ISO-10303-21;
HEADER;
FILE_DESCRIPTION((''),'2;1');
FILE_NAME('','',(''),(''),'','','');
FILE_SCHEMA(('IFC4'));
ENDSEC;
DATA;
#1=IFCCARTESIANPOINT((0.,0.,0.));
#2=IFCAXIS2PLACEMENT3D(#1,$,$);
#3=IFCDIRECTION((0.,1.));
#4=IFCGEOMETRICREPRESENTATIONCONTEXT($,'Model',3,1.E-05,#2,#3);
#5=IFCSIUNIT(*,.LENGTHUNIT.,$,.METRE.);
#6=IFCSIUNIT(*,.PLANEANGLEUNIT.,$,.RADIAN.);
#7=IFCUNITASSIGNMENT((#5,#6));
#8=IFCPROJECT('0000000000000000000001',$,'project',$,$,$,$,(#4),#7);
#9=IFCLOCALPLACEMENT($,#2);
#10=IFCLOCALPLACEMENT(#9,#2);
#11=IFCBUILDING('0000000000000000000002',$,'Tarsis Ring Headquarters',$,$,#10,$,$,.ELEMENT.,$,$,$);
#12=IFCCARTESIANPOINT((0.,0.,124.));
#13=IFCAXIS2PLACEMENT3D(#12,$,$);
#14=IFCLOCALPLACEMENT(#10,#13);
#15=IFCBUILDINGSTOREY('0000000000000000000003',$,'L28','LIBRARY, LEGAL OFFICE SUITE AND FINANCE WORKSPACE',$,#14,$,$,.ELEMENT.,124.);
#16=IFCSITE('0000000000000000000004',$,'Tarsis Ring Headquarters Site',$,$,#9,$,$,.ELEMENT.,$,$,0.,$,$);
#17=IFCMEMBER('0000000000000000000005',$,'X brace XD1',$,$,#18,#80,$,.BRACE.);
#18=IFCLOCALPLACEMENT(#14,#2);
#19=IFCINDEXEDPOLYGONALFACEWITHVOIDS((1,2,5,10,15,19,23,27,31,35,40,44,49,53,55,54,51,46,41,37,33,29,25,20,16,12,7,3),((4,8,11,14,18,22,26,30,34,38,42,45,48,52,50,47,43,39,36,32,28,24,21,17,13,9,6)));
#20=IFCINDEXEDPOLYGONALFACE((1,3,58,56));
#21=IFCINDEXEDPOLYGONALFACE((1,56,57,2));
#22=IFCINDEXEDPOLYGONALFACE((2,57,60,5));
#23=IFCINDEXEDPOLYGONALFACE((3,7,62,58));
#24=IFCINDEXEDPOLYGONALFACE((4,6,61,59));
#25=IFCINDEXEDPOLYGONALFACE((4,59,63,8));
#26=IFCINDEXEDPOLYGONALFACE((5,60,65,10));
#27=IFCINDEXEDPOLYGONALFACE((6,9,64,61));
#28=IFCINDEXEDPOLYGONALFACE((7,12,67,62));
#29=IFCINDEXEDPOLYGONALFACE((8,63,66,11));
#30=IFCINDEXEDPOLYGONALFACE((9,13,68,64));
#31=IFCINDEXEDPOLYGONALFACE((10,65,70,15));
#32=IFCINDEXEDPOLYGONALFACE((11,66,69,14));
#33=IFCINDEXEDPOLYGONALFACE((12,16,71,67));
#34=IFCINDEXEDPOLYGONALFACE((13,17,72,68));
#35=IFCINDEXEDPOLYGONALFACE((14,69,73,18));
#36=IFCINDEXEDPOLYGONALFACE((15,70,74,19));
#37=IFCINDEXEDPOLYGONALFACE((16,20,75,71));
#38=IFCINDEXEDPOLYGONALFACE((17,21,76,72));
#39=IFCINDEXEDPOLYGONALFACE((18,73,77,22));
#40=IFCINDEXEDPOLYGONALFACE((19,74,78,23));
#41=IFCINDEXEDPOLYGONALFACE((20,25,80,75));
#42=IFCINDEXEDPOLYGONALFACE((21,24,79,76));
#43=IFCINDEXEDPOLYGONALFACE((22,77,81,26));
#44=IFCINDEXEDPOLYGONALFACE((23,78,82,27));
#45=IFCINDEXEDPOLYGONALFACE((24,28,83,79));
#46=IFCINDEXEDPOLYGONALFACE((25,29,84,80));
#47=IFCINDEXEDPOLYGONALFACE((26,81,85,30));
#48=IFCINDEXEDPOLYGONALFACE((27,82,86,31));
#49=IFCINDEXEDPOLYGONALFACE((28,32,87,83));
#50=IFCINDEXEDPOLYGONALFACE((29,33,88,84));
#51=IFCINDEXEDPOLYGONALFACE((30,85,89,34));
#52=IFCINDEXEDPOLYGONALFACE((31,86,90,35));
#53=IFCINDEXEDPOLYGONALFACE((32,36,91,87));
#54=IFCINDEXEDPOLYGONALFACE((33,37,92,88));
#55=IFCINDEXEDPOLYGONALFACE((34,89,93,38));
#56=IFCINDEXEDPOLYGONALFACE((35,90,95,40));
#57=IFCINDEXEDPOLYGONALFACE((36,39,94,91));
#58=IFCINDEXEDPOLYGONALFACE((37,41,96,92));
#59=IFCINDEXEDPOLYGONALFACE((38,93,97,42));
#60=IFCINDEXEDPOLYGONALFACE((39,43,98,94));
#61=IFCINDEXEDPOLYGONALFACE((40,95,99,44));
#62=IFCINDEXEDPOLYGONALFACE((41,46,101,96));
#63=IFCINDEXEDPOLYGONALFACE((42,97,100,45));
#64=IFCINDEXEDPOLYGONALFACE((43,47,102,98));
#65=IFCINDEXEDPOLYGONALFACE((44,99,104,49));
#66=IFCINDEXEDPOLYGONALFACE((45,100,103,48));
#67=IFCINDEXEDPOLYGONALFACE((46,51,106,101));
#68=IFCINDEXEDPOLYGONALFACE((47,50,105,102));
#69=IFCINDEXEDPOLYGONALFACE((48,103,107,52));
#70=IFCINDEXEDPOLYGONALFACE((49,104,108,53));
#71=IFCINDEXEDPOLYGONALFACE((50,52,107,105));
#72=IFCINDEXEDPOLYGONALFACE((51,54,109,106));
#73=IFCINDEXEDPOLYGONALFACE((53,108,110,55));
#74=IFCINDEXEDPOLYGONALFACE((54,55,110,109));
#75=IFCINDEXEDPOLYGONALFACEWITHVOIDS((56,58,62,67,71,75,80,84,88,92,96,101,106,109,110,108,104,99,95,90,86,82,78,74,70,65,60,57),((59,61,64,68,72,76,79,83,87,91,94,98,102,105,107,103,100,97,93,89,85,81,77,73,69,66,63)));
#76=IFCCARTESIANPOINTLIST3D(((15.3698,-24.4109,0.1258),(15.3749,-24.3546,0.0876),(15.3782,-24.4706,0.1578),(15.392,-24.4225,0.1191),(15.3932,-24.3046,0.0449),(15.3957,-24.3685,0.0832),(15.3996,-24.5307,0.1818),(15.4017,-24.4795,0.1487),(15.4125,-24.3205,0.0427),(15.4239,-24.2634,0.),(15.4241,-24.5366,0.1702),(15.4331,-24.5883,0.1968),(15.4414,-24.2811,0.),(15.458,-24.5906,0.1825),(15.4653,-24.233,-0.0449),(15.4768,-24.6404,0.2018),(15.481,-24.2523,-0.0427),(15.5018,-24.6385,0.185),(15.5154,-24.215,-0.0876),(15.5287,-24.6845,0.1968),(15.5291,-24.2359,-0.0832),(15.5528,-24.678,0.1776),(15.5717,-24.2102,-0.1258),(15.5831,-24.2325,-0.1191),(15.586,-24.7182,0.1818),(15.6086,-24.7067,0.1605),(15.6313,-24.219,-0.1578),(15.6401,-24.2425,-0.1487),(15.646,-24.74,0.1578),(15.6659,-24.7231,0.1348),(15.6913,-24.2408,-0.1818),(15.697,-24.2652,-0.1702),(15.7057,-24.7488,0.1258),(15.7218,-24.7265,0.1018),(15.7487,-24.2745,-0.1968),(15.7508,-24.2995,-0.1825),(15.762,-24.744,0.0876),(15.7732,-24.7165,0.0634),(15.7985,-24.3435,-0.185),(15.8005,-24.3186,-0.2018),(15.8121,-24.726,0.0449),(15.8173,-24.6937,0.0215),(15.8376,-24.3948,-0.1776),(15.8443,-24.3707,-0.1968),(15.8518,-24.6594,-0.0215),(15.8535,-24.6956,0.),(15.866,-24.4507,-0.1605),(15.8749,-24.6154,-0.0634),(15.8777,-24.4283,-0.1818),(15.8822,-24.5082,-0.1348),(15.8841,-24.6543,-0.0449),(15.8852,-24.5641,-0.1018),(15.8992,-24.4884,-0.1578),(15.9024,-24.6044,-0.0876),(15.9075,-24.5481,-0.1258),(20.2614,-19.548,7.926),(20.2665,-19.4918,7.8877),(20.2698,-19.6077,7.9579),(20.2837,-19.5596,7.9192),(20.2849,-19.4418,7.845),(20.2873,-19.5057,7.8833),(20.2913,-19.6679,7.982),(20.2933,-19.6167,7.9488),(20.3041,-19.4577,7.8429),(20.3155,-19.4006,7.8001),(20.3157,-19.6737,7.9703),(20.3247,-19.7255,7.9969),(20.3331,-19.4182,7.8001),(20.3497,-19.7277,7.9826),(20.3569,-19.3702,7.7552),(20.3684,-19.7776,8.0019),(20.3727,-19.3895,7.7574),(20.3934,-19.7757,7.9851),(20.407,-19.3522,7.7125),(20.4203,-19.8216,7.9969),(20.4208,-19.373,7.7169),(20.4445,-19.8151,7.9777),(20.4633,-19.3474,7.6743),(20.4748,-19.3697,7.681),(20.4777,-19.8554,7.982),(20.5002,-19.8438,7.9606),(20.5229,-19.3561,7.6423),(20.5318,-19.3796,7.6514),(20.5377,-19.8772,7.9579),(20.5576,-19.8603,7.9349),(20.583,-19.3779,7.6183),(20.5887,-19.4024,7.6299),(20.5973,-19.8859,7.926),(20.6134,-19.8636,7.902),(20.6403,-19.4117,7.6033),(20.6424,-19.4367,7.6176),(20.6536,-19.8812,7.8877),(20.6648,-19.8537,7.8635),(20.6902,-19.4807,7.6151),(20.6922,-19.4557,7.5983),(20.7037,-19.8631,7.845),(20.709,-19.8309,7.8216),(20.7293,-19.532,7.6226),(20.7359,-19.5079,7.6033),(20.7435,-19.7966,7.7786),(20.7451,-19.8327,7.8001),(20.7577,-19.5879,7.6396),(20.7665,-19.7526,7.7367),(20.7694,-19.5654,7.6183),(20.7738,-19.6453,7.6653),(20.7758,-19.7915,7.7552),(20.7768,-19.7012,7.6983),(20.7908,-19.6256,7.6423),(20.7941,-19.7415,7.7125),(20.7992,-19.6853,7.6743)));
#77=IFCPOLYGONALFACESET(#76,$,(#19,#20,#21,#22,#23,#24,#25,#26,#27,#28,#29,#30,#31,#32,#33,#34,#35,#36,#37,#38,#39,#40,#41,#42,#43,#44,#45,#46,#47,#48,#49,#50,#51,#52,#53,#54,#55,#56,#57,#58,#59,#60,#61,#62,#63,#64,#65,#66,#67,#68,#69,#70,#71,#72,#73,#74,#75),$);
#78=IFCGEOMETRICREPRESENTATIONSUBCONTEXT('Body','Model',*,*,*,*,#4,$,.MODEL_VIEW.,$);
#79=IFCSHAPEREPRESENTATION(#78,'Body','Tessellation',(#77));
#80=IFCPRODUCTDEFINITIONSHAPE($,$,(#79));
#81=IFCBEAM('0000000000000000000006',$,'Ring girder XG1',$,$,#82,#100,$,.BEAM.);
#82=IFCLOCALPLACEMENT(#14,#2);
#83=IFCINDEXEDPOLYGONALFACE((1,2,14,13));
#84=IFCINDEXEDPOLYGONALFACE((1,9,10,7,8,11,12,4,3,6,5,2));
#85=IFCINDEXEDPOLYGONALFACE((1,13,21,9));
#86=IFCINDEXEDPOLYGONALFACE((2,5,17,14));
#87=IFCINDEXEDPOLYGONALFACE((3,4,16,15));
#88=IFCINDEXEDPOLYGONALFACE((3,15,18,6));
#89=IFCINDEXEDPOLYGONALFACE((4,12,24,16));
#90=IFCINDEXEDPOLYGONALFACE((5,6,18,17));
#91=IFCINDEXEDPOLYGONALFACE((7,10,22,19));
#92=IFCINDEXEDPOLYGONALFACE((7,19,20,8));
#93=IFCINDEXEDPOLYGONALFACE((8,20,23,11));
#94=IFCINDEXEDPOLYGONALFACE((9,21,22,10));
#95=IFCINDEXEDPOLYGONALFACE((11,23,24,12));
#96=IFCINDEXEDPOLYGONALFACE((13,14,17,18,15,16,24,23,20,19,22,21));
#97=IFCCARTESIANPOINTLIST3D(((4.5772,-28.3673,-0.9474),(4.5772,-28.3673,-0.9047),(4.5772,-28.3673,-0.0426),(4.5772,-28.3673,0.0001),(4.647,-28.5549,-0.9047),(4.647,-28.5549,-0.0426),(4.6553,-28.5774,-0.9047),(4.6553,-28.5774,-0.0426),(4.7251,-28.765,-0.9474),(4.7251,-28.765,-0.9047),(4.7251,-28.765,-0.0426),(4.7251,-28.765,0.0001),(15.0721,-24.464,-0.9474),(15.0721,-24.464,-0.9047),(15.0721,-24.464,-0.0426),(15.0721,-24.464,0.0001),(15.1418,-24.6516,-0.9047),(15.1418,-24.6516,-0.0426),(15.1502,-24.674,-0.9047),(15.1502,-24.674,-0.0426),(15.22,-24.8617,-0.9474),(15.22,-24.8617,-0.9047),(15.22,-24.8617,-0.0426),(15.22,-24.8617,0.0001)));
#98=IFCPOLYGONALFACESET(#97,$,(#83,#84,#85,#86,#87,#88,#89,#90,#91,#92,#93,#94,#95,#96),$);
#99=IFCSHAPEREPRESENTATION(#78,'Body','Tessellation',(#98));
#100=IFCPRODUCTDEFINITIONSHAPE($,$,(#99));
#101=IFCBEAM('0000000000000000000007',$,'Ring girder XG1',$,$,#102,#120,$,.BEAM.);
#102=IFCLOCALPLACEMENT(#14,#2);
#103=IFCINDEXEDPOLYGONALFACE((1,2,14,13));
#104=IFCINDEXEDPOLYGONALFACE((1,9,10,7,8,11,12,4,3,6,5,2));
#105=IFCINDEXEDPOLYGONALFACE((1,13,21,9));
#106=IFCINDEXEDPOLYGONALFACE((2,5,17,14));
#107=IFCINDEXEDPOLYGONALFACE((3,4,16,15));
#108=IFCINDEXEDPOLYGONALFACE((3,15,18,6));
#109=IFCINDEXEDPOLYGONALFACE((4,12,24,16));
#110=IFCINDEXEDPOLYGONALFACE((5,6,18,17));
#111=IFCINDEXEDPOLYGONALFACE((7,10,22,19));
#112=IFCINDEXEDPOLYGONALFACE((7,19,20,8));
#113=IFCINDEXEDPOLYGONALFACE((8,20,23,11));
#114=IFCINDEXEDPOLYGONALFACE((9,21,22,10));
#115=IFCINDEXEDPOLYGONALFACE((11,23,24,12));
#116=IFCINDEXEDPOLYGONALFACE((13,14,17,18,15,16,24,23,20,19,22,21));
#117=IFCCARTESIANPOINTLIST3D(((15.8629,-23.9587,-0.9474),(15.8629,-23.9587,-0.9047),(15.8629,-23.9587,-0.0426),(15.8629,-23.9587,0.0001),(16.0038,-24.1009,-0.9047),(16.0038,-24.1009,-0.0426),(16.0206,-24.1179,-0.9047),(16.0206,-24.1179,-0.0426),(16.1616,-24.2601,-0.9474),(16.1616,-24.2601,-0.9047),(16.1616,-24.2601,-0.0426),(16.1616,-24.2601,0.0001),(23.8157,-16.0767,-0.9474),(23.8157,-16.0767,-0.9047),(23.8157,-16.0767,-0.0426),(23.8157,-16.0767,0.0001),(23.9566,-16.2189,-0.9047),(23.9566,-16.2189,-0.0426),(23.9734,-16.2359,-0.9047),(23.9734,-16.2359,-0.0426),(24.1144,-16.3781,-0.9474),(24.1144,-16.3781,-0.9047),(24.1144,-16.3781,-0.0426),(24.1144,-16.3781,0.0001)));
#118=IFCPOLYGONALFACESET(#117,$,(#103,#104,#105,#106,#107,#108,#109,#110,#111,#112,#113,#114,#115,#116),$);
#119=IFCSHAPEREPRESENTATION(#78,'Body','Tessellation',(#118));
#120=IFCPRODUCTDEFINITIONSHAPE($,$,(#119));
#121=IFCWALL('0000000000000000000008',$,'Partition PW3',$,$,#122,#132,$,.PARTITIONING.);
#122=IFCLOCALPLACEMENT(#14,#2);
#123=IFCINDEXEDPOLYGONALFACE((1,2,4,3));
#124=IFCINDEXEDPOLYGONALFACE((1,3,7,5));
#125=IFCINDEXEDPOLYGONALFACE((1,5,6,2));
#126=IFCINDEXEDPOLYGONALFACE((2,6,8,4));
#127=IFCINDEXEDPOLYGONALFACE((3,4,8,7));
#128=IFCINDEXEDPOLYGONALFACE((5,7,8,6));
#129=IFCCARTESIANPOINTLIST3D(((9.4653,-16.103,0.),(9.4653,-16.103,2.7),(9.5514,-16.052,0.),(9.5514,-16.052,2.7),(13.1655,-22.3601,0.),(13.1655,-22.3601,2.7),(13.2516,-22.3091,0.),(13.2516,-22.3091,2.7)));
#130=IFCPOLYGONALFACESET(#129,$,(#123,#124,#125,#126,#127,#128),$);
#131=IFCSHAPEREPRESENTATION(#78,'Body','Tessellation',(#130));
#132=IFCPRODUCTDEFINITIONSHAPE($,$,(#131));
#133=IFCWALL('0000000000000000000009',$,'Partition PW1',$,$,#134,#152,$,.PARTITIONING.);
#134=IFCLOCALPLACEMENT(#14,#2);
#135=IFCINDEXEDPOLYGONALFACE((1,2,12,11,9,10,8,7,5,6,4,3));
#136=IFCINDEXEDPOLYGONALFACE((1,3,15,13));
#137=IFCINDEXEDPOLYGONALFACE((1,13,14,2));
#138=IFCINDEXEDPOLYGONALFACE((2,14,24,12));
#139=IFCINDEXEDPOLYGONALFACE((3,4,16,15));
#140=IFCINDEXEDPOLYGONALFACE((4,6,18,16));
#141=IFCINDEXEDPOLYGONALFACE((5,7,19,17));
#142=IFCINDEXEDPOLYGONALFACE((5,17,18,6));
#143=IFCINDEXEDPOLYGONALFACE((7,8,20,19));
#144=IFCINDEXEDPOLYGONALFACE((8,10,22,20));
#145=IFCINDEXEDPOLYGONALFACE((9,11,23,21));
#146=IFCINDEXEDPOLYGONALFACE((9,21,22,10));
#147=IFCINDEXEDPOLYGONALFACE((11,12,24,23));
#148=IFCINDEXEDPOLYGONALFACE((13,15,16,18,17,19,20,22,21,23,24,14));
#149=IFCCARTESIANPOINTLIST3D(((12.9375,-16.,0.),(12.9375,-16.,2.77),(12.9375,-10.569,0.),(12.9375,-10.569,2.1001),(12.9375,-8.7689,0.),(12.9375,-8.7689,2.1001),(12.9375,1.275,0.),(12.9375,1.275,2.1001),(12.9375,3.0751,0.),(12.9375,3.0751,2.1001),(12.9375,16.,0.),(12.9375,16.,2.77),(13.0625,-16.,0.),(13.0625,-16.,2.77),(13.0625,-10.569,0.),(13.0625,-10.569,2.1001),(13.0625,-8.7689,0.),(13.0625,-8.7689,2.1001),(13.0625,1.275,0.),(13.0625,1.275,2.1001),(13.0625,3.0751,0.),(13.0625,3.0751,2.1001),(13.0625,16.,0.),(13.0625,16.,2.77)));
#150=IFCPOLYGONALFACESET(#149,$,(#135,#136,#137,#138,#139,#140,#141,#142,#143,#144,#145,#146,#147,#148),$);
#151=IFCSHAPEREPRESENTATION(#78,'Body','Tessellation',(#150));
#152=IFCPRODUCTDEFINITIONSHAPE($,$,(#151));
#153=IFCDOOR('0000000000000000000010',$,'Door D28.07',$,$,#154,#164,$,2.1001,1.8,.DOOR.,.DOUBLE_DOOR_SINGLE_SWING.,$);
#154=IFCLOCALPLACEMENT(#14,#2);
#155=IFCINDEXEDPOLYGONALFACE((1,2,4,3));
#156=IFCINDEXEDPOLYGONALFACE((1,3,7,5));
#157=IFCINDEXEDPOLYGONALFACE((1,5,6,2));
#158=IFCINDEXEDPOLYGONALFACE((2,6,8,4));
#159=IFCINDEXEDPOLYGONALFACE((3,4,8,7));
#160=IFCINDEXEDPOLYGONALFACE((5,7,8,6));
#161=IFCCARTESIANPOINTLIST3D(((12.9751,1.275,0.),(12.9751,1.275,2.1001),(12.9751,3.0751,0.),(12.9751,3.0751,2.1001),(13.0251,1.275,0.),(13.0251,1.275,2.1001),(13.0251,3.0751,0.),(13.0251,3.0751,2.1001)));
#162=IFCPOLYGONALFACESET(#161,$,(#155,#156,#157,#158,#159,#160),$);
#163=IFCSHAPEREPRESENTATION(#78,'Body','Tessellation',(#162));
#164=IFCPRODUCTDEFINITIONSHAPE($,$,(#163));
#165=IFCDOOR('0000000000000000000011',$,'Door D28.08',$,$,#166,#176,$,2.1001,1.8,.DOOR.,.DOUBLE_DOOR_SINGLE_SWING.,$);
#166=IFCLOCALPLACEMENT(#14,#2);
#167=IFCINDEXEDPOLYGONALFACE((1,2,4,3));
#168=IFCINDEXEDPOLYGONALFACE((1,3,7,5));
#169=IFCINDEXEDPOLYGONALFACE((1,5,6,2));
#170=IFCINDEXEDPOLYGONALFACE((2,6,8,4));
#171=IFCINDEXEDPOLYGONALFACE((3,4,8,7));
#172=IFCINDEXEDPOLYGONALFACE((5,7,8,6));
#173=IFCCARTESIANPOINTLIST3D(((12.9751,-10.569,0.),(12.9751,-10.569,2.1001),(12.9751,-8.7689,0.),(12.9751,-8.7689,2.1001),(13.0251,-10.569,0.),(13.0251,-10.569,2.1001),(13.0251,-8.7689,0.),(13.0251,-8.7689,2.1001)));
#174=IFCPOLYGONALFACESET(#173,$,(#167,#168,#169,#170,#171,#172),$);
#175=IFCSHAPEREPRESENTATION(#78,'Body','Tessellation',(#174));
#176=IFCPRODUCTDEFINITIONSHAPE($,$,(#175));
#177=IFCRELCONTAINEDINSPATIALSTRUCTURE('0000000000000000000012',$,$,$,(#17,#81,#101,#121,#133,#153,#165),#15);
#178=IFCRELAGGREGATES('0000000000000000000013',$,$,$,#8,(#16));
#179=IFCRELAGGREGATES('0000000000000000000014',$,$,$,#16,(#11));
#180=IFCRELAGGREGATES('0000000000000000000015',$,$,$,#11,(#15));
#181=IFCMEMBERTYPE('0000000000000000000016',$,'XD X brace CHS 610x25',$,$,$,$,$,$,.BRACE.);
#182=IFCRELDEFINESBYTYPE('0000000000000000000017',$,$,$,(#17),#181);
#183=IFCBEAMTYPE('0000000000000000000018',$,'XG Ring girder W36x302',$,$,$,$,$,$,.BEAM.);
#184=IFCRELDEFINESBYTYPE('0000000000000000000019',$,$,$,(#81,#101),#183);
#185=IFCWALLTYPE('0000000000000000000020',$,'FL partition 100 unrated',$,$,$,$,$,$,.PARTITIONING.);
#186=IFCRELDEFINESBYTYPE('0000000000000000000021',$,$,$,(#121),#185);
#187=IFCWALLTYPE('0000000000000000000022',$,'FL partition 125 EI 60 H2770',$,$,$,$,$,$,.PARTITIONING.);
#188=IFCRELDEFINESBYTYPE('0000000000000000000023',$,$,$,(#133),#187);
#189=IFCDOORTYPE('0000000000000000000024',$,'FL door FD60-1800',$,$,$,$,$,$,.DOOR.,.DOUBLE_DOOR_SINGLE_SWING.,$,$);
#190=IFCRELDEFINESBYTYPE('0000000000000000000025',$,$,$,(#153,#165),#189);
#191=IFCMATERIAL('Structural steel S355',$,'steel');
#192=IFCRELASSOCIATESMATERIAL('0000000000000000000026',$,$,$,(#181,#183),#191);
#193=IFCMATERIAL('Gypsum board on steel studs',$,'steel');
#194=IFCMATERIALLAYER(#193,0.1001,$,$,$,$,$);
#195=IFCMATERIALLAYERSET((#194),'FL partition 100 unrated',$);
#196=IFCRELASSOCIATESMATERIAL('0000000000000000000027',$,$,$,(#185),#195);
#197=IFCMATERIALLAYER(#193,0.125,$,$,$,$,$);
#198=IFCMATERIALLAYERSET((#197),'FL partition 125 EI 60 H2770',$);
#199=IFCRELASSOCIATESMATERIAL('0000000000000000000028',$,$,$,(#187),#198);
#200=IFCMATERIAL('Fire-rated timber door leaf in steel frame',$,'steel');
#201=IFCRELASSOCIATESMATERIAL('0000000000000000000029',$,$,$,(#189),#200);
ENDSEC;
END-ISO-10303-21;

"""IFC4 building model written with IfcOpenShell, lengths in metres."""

from ifc_helpers import new_model, si_unit, direction, frame, frame_2d, origin, origin_2d, place, context, subcontext, project, spatial, rectangle, hollow_circle, i_section, extrude, material, layer, layer_set, material_profile, profile_set, type_object, element, fill, save


model = new_model("IFC4")

# Units and contexts
model_context = context("Model", 3, precision=1e-05, world=origin(), true_north=direction((0.0, 1.0)))
body_context = subcontext(model_context, "Body", "Model", "MODEL_VIEW")
ifc_project = project(units=[si_unit("LENGTHUNIT", "METRE"), si_unit("PLANEANGLEUNIT", "RADIAN")], contexts=[model_context])

# Site, building, storey
site_placement = place(None, origin())
site = spatial("IfcSite", under=ifc_project, at=site_placement, Name="Tarsis Ring Headquarters Site", CompositionType="ELEMENT", RefElevation=0.0)
building_placement = place(site_placement, origin())
building = spatial("IfcBuilding", under=site, at=building_placement, Name="Tarsis Ring Headquarters", CompositionType="ELEMENT")
storey_placement = place(building_placement, frame((0.0, 0.0, 124.0)))
storey = spatial("IfcBuildingStorey", under=building, at=storey_placement, Name="L28", Description="LIBRARY, LEGAL OFFICE SUITE AND FINANCE WORKSPACE", CompositionType="ELEMENT", Elevation=124.0)

# Shared definitions
ifc_material_1 = material(Name="Structural steel S355", Category="steel")

# Member
ifc_material_profile_1 = material_profile(ifc_material_1, hollow_circle(Radius=0.3047, WallThickness=0.0249, at=origin_2d()), Name="CHS 610x25")
ifc_profile_set_1 = profile_set([ifc_material_profile_1], Name="Structural steel S355")
member_type = type_object("IfcMemberType", Name="XD X brace CHS 610x25", PredefinedType="BRACE", material=ifc_profile_set_1)
member_placement = place(storey_placement, frame((15.6387, -24.4795, 0.0), z_axis=(0.469792, 0.467025, 0.749121), x_axis=(-0.705015, 0.709192, 0.0)))
element("IfcMember", 1, at=member_placement, inside=storey, type_object=member_type, Name="X brace XD1", PredefinedType="BRACE", context=body_context, shape_type="SweptSolid", body=[
    extrude(hollow_circle(Radius=0.3047, WallThickness=0.0249, at=origin_2d()), origin(), (0.0, 0.0, 1.0), 10.4124),
])

# Beams
ifc_material_profile_2 = material_profile(ifc_material_1, i_section(OverallWidth=0.4243, OverallDepth=0.9475, WebThickness=0.0239, FlangeThickness=0.0427, at=origin_2d()), Name="W36x302")
ifc_profile_set_2 = profile_set([ifc_material_profile_2], Name="Structural steel S355")
beam_type = type_object("IfcBeamType", Name="XG Ring girder W36x302", PredefinedType="BEAM", material=ifc_profile_set_2)
beam_1_placement = place(storey_placement, frame((4.6511, -28.5662, -0.4736), z_axis=(0.937273, 0.348597, 0.0), x_axis=(-0.348597, 0.937273, 0.0)))
element("IfcBeam", 2, at=beam_1_placement, inside=storey, type_object=beam_type, Name="Ring girder XG1", PredefinedType="BEAM", context=body_context, shape_type="SweptSolid", body=[
    extrude(i_section(OverallWidth=0.4243, OverallDepth=0.9475, WebThickness=0.0239, FlangeThickness=0.0427, at=origin_2d()), origin(), (0.0, 0.0, 1.0), 11.1973),
])
beam_2_placement = place(storey_placement, frame((16.0122, -24.1094, -0.4736), z_axis=(0.710261, 0.703938, 0.0), x_axis=(-0.703938, 0.710261, 0.0)))
element("IfcBeam", 3, at=beam_2_placement, inside=storey, type_object=beam_type, Name="Ring girder XG1", PredefinedType="BEAM", context=body_context, shape_type="SweptSolid", body=[
    extrude(i_section(OverallWidth=0.4243, OverallDepth=0.9475, WebThickness=0.0239, FlangeThickness=0.0427, at=origin_2d()), origin(), (0.0, 0.0, 1.0), 11.197),
])

# Wall
ifc_material_2 = material(Name="Gypsum board on steel studs", Category="steel")
ifc_layer_1 = layer(ifc_material_2, 0.1001)
ifc_layer_set_1 = layer_set([ifc_layer_1], Name="FL partition 100 unrated")
wall_type_1 = type_object("IfcWallType", Name="FL partition 100 unrated", PredefinedType="PARTITIONING", material=ifc_layer_set_1)
wall_1_placement = place(storey_placement, frame((9.5083, -16.0774, 0.0), z_axis=(0.0, 0.0, 1.0), x_axis=(0.509018, -0.860756, 0.0)))
element("IfcWall", 4, at=wall_1_placement, inside=storey, type_object=wall_type_1, Name="Partition PW3", PredefinedType="PARTITIONING", context=body_context, shape_type="SweptSolid", body=[
    extrude(rectangle(XDim=7.2693, YDim=0.1001, at=frame_2d((3.6348, 0.0))), origin(), (0.0, 0.0, 1.0), 2.7),
])

# Wall, openings, doors
ifc_layer_2 = layer(ifc_material_2, 0.125)
ifc_layer_set_2 = layer_set([ifc_layer_2], Name="FL partition 125 EI 60 H2770")
wall_type_2 = type_object("IfcWallType", Name="FL partition 125 EI 60 H2770", PredefinedType="PARTITIONING", material=ifc_layer_set_2)
wall_2_placement = place(storey_placement, frame((13.0, -16.0, 0.0), z_axis=(0.0, 0.0, 1.0), x_axis=(0.0, 1.0, 0.0)))
wall_2 = element("IfcWall", 5, at=wall_2_placement, inside=storey, type_object=wall_type_2, Name="Partition PW1", PredefinedType="PARTITIONING", context=body_context, shape_type="SweptSolid", body=[
    extrude(rectangle(XDim=32.0, YDim=0.125, at=frame_2d((16.0, 0.0))), origin(), (0.0, 0.0, 1.0), 2.77),
])
opening_1_placement = place(wall_2_placement, frame((17.2751, 0.0, 0.0)))
opening_1 = element("IfcOpeningElement", 6, at=opening_1_placement, cuts=wall_2, PredefinedType="OPENING", context=body_context, shape_type="SweptSolid", body=[
    extrude(rectangle(XDim=1.8, YDim=2.1001, at=frame_2d((0.8999, 1.05))), frame((0.0, 0.0725, 0.0), z_axis=(0.0, -1.0, 0.0), x_axis=(1.0, 0.0, 0.0)), (0.0, 0.0, 1.0), 0.145),
])
opening_2_placement = place(wall_2_placement, frame((5.4312, 0.0, 0.0)))
opening_2 = element("IfcOpeningElement", 7, at=opening_2_placement, cuts=wall_2, PredefinedType="OPENING", context=body_context, shape_type="SweptSolid", body=[
    extrude(rectangle(XDim=1.8, YDim=2.1001, at=frame_2d((0.8999, 1.05))), frame((0.0, 0.0725, 0.0), z_axis=(0.0, -1.0, 0.0), x_axis=(1.0, 0.0, 0.0)), (0.0, 0.0, 1.0), 0.145),
])
ifc_material_3 = material(Name="Fire-rated timber door leaf in steel frame", Category="steel")
door_type = type_object("IfcDoorType", Name="FL door FD60-1800", OperationType="DOUBLE_DOOR_SINGLE_SWING", PredefinedType="DOOR", material=ifc_material_3)
door_1_placement = place(opening_1_placement, origin())
door_1 = element("IfcDoor", 8, at=door_1_placement, inside=storey, type_object=door_type, Name="Door D28.07", OperationType="DOUBLE_DOOR_SINGLE_SWING", OverallHeight=2.1001, OverallWidth=1.8, PredefinedType="DOOR", context=body_context, shape_type="SweptSolid", body=[
    extrude(rectangle(XDim=1.8, YDim=2.1001, at=frame_2d((0.8999, 1.05))), frame((0.0, 0.0249, 0.0), z_axis=(0.0, -1.0, 0.0), x_axis=(1.0, 0.0, 0.0)), (0.0, 0.0, 1.0), 0.05),
])
fill(opening_1, door_1)
door_2_placement = place(opening_2_placement, origin())
door_2 = element("IfcDoor", 9, at=door_2_placement, inside=storey, type_object=door_type, Name="Door D28.08", OperationType="DOUBLE_DOOR_SINGLE_SWING", OverallHeight=2.1001, OverallWidth=1.8, PredefinedType="DOOR", context=body_context, shape_type="SweptSolid", body=[
    extrude(rectangle(XDim=1.8, YDim=2.1001, at=frame_2d((0.8999, 1.05))), frame((0.0, 0.0249, 0.0), z_axis=(0.0, -1.0, 0.0), x_axis=(1.0, 0.0, 0.0)), (0.0, 0.0, 1.0), 0.05),
])
fill(opening_2, door_2)

save(model, "model.ifc")
